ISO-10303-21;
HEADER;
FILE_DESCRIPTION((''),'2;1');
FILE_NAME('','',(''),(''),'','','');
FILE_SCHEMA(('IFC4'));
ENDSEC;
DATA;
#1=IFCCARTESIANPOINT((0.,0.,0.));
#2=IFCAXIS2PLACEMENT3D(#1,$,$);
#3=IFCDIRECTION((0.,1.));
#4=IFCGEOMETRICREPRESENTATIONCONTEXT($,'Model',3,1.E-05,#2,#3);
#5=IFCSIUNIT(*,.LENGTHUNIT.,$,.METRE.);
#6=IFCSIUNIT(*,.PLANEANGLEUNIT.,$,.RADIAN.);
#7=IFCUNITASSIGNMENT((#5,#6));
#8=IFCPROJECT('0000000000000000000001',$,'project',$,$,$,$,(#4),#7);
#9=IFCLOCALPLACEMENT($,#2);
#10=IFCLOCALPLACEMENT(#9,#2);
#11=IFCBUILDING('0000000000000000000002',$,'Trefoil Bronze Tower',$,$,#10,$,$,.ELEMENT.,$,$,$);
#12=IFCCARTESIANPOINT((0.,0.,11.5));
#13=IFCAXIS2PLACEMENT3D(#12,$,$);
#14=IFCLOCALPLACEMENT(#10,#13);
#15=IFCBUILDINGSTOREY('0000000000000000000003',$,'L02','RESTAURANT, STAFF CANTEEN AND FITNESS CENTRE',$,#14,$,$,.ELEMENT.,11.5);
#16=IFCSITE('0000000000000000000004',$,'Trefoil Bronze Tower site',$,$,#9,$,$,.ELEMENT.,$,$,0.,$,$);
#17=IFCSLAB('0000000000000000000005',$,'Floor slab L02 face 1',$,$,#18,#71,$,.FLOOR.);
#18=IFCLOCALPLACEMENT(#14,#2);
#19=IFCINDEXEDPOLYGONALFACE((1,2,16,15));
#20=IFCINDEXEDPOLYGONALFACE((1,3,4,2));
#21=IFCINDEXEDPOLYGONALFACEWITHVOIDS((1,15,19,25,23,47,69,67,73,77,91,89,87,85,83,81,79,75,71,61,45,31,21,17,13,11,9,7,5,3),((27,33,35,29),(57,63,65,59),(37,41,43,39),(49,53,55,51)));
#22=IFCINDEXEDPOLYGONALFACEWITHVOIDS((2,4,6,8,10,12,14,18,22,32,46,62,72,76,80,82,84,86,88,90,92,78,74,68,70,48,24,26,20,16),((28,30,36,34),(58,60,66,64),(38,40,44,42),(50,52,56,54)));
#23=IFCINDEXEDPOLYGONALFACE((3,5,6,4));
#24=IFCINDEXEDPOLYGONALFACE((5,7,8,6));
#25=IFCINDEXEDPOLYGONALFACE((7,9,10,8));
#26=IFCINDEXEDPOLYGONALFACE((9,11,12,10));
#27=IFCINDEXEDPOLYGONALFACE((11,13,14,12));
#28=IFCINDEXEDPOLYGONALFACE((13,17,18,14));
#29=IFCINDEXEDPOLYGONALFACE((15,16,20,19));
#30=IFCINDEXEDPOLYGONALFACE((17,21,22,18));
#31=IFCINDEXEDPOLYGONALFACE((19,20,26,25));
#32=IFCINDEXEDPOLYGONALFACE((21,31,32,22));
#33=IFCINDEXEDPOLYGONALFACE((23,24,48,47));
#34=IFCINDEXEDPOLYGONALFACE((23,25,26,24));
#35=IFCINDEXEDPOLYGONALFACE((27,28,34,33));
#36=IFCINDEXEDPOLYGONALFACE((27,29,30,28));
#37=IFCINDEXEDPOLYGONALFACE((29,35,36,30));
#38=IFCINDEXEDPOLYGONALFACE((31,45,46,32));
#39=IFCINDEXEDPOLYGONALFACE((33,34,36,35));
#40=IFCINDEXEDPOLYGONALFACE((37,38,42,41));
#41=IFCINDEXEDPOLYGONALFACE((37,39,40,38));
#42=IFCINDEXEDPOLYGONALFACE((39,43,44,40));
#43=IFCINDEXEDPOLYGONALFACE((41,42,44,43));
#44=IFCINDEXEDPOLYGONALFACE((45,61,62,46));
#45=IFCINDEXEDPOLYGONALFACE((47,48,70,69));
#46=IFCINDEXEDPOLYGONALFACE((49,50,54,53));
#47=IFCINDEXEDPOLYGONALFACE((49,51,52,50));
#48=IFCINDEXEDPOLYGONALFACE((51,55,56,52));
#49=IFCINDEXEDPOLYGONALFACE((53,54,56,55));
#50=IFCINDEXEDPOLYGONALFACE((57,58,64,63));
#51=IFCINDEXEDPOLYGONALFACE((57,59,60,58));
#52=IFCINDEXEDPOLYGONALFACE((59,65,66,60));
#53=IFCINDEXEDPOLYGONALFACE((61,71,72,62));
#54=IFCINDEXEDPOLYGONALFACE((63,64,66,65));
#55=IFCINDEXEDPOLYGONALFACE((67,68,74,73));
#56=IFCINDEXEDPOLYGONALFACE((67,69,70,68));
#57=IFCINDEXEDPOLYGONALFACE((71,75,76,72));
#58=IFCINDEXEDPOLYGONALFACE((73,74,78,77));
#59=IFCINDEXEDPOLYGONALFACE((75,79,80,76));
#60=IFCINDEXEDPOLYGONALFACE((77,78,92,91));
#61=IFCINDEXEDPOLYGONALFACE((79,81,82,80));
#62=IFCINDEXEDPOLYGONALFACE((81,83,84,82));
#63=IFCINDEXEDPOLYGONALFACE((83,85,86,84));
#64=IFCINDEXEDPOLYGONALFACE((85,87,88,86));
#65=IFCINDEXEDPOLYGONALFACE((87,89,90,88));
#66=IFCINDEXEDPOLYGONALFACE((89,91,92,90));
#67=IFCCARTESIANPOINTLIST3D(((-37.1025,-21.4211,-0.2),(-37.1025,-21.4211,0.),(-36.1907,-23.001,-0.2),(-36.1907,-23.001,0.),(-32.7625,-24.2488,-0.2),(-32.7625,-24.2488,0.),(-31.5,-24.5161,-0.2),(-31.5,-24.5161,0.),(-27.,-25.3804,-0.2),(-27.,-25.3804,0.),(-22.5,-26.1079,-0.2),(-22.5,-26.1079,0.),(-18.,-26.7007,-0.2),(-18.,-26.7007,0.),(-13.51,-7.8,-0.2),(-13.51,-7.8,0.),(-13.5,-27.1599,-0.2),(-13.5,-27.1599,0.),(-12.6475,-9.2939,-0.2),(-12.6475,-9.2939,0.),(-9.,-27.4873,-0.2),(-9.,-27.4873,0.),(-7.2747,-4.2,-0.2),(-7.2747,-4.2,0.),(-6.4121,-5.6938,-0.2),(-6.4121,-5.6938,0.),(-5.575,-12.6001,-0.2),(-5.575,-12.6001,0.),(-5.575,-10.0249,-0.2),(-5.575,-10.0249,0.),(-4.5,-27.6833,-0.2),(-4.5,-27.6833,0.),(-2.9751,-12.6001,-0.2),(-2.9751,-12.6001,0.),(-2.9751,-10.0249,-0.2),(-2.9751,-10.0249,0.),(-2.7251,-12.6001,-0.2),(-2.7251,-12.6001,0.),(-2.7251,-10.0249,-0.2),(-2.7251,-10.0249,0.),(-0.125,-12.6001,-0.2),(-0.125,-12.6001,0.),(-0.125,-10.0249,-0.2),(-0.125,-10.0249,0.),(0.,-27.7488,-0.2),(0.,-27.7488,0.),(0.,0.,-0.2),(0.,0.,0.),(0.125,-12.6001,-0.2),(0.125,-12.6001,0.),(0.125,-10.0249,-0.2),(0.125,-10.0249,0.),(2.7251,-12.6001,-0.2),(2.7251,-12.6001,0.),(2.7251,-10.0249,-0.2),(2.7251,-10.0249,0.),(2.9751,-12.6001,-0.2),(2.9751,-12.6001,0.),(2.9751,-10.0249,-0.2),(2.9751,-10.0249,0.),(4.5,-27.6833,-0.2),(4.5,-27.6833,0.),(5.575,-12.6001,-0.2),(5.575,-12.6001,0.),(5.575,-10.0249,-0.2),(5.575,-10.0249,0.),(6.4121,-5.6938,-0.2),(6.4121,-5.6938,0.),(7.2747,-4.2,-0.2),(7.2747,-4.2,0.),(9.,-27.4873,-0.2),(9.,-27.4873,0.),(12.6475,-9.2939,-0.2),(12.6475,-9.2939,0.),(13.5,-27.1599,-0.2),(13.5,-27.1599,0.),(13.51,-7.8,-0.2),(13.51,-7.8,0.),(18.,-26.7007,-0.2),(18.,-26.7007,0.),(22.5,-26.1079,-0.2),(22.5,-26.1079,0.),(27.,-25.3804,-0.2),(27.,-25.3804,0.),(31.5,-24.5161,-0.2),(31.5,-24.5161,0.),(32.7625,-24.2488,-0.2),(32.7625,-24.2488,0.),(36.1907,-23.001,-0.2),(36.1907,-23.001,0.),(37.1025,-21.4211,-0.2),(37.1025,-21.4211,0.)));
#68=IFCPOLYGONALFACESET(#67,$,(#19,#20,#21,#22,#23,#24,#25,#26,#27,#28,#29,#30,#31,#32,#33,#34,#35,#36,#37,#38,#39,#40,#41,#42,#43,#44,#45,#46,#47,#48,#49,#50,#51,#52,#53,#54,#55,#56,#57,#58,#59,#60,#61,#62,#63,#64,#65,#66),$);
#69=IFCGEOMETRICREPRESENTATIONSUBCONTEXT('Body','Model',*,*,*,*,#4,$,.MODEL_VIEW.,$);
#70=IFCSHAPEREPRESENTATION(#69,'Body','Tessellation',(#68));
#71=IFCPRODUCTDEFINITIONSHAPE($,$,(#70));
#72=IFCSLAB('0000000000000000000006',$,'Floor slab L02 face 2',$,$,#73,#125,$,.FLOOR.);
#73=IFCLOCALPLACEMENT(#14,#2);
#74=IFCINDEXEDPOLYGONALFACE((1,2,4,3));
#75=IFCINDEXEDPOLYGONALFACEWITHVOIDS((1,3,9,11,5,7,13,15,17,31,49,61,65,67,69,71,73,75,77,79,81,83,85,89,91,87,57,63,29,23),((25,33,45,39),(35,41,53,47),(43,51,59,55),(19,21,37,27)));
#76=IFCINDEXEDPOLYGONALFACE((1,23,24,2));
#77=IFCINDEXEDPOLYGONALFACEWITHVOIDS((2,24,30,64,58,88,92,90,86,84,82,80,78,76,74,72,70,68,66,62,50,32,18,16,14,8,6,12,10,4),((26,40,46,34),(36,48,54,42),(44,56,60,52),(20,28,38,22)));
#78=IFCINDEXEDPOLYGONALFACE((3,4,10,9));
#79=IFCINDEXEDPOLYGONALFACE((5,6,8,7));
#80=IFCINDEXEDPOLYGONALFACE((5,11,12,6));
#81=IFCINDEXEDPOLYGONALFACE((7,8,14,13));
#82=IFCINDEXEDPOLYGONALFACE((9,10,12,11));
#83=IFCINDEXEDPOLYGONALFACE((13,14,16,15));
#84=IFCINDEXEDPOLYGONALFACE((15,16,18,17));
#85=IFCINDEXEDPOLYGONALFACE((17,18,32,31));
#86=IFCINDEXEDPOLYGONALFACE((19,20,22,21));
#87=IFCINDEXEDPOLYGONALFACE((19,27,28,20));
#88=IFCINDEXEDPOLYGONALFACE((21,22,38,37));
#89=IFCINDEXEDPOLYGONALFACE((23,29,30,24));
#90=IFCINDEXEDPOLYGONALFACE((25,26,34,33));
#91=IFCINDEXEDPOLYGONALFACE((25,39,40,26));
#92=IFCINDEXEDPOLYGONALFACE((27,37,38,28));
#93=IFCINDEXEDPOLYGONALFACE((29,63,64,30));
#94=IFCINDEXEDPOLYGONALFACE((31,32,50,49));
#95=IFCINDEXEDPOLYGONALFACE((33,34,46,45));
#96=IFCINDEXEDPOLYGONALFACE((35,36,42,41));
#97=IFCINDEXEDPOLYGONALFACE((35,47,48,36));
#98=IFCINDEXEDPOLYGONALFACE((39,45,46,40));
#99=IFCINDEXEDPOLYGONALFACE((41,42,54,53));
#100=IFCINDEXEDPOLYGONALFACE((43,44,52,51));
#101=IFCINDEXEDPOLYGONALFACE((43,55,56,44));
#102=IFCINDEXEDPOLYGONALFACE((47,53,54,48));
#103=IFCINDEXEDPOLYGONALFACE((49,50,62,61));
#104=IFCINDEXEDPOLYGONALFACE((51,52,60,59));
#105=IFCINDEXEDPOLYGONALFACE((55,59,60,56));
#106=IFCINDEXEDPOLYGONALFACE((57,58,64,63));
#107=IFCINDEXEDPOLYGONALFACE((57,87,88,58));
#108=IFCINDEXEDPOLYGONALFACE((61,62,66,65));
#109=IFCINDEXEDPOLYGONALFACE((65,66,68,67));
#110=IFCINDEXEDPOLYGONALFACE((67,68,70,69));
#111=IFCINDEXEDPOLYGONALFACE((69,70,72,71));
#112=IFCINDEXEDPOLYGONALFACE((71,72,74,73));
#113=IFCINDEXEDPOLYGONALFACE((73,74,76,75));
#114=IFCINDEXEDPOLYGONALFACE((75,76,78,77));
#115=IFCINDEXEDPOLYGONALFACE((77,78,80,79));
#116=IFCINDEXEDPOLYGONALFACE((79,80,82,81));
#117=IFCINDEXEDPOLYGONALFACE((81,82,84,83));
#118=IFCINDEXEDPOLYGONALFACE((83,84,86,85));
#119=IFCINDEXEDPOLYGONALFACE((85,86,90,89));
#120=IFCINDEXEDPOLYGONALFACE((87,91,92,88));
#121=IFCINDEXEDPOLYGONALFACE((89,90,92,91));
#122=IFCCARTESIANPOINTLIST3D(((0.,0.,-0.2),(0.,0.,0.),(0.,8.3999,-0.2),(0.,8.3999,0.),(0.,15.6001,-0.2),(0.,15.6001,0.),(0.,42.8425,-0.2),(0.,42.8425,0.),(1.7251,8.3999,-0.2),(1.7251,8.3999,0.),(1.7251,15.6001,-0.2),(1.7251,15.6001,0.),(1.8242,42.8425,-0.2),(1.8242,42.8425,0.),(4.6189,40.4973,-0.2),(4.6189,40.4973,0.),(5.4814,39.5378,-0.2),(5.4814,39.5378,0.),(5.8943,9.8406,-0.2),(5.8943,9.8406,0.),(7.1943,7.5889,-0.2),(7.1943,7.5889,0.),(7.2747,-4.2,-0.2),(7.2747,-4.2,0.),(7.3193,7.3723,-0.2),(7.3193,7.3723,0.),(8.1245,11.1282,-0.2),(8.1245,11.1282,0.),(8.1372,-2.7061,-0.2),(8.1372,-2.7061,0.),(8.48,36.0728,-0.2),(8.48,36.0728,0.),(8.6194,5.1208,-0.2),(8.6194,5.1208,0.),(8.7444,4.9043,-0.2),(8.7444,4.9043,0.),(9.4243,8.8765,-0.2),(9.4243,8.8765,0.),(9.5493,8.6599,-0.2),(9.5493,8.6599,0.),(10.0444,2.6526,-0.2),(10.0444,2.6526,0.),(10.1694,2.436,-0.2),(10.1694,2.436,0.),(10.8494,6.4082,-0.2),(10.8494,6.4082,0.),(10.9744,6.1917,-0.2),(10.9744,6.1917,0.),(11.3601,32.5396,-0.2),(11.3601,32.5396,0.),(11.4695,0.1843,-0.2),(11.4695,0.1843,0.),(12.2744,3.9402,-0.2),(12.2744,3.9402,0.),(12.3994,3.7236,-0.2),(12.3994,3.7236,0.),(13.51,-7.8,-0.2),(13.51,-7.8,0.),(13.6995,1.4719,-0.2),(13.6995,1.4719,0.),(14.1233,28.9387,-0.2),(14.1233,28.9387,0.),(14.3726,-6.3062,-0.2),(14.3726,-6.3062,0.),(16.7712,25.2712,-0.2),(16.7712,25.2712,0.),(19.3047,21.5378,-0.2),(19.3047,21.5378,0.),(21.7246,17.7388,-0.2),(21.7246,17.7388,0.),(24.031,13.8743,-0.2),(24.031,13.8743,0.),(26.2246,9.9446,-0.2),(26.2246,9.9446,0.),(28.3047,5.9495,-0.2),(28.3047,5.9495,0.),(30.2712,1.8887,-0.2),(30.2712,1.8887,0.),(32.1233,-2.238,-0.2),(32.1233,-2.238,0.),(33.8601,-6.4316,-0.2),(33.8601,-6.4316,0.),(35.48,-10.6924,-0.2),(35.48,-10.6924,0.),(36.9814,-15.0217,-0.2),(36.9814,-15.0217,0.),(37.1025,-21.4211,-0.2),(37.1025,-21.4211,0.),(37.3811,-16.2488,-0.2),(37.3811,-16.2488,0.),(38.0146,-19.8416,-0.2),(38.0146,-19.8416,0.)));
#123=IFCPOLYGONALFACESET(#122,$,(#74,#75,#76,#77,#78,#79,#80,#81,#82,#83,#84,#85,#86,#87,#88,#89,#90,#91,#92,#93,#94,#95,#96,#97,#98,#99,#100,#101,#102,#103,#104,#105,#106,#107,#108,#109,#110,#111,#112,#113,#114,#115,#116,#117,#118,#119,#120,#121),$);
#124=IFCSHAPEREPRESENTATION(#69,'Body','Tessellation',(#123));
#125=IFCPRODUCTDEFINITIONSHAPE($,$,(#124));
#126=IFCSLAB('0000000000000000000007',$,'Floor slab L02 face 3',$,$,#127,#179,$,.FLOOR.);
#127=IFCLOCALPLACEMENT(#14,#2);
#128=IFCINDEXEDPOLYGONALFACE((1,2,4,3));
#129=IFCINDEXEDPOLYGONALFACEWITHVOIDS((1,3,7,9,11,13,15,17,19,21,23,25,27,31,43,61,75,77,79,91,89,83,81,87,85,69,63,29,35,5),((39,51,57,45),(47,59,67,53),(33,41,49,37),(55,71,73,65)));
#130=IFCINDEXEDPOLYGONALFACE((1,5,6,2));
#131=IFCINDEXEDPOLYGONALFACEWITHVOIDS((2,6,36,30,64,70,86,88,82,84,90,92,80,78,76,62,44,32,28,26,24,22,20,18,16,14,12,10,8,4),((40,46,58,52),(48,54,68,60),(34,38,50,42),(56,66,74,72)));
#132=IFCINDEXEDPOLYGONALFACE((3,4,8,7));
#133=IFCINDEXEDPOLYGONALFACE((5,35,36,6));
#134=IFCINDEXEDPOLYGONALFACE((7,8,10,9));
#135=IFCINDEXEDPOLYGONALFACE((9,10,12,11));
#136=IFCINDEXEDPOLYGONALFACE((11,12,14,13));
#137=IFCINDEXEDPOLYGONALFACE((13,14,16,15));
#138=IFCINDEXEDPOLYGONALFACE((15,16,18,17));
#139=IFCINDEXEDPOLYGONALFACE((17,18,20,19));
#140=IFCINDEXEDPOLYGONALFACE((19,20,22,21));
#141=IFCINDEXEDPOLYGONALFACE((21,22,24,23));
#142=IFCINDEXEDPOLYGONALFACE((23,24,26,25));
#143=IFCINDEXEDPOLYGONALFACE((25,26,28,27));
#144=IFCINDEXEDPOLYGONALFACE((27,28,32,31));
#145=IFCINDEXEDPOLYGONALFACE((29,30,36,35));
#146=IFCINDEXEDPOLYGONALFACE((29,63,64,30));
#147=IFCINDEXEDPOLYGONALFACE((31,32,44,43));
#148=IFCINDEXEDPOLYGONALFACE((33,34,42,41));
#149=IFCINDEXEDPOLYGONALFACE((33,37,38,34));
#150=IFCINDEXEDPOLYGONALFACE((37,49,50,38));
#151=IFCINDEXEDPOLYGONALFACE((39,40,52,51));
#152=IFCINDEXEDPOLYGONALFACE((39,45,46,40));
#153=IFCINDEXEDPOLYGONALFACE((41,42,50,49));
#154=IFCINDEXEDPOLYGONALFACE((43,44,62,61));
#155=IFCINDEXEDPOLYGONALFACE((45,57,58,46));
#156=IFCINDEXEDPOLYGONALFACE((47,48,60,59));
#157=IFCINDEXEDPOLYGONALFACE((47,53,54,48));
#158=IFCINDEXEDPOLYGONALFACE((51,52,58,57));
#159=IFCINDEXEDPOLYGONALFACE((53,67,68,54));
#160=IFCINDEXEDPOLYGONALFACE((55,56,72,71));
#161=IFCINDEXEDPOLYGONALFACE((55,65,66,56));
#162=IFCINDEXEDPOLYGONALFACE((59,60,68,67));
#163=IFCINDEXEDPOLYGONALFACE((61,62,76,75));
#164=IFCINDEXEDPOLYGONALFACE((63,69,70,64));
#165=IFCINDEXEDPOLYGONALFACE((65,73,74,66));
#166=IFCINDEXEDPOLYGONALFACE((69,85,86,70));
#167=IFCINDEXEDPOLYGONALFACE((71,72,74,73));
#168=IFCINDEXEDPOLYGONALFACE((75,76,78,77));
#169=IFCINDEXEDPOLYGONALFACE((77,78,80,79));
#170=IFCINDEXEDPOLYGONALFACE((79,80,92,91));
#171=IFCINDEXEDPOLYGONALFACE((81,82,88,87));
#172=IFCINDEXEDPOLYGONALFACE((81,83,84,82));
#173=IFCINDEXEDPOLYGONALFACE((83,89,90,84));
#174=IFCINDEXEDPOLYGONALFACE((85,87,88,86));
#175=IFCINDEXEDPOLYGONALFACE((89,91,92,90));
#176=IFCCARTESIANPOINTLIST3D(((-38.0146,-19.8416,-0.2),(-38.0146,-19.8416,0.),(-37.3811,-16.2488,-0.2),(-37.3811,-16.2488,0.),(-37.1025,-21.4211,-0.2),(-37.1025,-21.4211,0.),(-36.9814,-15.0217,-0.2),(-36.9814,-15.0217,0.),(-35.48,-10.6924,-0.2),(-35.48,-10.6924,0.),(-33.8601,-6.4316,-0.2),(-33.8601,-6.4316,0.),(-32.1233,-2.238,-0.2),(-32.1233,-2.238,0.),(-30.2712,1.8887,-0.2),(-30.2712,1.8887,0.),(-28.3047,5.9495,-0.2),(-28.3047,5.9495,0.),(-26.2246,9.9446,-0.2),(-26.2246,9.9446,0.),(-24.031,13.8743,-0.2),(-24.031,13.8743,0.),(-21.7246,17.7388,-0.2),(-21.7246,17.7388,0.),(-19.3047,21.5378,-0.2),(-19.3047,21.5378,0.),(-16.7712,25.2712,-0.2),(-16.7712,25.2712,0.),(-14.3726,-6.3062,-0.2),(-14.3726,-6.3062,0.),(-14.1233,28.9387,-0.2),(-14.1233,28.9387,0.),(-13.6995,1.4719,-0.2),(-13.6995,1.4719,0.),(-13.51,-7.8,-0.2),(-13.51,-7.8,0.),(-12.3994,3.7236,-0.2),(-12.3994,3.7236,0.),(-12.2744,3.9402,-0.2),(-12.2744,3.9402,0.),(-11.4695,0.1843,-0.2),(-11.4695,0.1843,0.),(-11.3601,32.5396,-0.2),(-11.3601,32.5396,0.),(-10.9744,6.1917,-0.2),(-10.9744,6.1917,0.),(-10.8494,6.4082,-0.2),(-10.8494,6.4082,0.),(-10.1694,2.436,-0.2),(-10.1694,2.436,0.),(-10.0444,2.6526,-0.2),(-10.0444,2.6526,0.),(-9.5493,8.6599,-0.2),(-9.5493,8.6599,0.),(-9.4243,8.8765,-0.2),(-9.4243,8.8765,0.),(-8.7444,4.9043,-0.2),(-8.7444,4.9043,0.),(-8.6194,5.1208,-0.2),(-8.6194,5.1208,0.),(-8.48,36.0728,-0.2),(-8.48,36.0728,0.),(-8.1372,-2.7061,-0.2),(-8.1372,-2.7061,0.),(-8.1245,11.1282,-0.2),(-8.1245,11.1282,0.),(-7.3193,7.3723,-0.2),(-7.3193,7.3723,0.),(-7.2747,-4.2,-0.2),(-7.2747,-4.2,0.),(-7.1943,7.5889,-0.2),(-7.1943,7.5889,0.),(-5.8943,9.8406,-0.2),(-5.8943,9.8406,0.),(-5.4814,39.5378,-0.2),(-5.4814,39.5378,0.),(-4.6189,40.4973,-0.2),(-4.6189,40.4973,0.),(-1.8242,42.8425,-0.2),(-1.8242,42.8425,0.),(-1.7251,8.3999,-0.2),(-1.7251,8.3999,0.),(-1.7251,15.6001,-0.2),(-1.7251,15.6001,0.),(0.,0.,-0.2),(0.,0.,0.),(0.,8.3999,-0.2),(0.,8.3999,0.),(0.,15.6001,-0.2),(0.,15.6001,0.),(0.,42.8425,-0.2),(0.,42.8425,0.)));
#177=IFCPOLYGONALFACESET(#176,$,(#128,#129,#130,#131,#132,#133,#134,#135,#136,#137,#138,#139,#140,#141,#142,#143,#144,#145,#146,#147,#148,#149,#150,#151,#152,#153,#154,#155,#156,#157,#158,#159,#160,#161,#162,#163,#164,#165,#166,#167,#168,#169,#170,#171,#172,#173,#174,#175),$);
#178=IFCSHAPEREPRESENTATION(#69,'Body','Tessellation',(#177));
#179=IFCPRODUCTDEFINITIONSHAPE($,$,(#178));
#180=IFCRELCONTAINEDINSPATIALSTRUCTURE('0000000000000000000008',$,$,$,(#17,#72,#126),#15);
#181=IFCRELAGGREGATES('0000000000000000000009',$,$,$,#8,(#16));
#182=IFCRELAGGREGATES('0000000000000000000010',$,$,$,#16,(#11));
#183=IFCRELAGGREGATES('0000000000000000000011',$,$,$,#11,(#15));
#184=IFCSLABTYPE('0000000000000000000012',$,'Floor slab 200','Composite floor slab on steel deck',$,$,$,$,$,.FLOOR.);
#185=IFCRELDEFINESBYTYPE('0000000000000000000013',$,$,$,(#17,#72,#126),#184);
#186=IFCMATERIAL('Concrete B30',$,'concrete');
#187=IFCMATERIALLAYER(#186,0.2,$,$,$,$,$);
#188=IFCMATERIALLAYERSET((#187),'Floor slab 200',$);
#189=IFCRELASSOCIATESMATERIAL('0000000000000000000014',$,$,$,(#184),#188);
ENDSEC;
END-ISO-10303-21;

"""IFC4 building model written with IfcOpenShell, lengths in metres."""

from ifc_helpers import new_model, si_unit, direction, frame, origin, place, context, subcontext, project, spatial, polyline, outline, extrude, material, layer, layer_set, type_object, element, save


model = new_model("IFC4")

# Units and contexts
model_context = context("Model", 3, precision=1e-05, world=origin(), true_north=direction((0.0, 1.0)))
body_context = subcontext(model_context, "Body", "Model", "MODEL_VIEW")
ifc_project = project(units=[si_unit("LENGTHUNIT", "METRE"), si_unit("PLANEANGLEUNIT", "RADIAN")], contexts=[model_context])

# Site, building, storey
site_placement = place(None, origin())
site = spatial("IfcSite", under=ifc_project, at=site_placement, Name="Trefoil Bronze Tower site", CompositionType="ELEMENT", RefElevation=0.0)
building_placement = place(site_placement, origin())
building = spatial("IfcBuilding", under=site, at=building_placement, Name="Trefoil Bronze Tower", CompositionType="ELEMENT")
storey_placement = place(building_placement, frame((0.0, 0.0, 11.5)))
storey = spatial("IfcBuildingStorey", under=building, at=storey_placement, Name="L02", Description="RESTAURANT, STAFF CANTEEN AND FITNESS CENTRE", CompositionType="ELEMENT", Elevation=11.5)

# Slabs
ifc_material_1 = material(Name="Concrete B30", Category="concrete")
ifc_layer_1 = layer(ifc_material_1, 0.2)
ifc_layer_set_1 = layer_set([ifc_layer_1], Name="Floor slab 200")
slab_type = type_object("IfcSlabType", Name="Floor slab 200", Description="Composite floor slab on steel deck", PredefinedType="FLOOR", material=ifc_layer_set_1)
slab_1_placement = place(storey_placement, frame((0.0, 0.0, -0.2)))
element("IfcSlab", 1, at=slab_1_placement, inside=storey, type_object=slab_type, Name="Floor slab L02 face 1", PredefinedType="FLOOR", context=body_context, shape_type="SweptSolid", body=[
    extrude(outline(polyline([(27.0, -25.3804), (22.5, -26.1079), (18.0, -26.7007), (13.5, -27.1599), (9.0, -27.4873), (4.5, -27.6833), (0.0, -27.7488), (-4.5, -27.6833), (-9.0, -27.4873), (-13.5, -27.1599), (-18.0, -26.7007), (-22.5, -26.1079), (-27.0, -25.3804), (-31.5, -24.5161), (-32.7625, -24.2488), (-36.1907, -23.001), (-37.1025, -21.4211), (-13.51, -7.8), (-12.6475, -9.2939), (-6.4121, -5.6938), (-7.2747, -4.2), (0.0, 0.0), (7.2747, -4.2), (6.4121, -5.6938), (12.6475, -9.2939), (13.51, -7.8), (37.1025, -21.4211), (36.1907, -23.001), (32.7625, -24.2488), (31.5, -24.5161), (27.0, -25.3804)]), holes=[polyline([(-5.575, -10.0249), (-2.9751, -10.0249), (-2.9751, -12.6001), (-5.575, -12.6001), (-5.575, -10.0249)]), polyline([(-2.7251, -10.0249), (-0.125, -10.0249), (-0.125, -12.6001), (-2.7251, -12.6001), (-2.7251, -10.0249)]), polyline([(0.125, -10.0249), (2.7251, -10.0249), (2.7251, -12.6001), (0.125, -12.6001), (0.125, -10.0249)]), polyline([(2.9751, -10.0249), (5.575, -10.0249), (5.575, -12.6001), (2.9751, -12.6001), (2.9751, -10.0249)])]), origin(), (0.0, 0.0, 1.0), 0.2),
])
slab_2_placement = place(storey_placement, frame((0.0, 0.0, -0.2)))
element("IfcSlab", 2, at=slab_2_placement, inside=storey, type_object=slab_type, Name="Floor slab L02 face 2", PredefinedType="FLOOR", context=body_context, shape_type="SweptSolid", body=[
    extrude(outline(polyline([(8.48, 36.0728), (11.3601, 32.5396), (14.1233, 28.9387), (16.7712, 25.2712), (19.3047, 21.5378), (21.7246, 17.7388), (24.031, 13.8743), (26.2246, 9.9446), (28.3047, 5.9495), (30.2712, 1.8887), (32.1233, -2.238), (33.8601, -6.4316), (35.48, -10.6924), (36.9814, -15.0217), (37.3811, -16.2488), (38.0146, -19.8416), (37.1025, -21.4211), (13.51, -7.8), (14.3726, -6.3062), (8.1372, -2.7061), (7.2747, -4.2), (0.0, 0.0), (0.0, 8.3999), (1.7251, 8.3999), (1.7251, 15.6001), (0.0, 15.6001), (0.0, 42.8425), (1.8242, 42.8425), (4.6189, 40.4973), (5.4814, 39.5378), (8.48, 36.0728)]), holes=[polyline([(11.4695, 0.1843), (10.1694, 2.436), (12.3994, 3.7236), (13.6995, 1.4719), (11.4695, 0.1843)]), polyline([(10.0444, 2.6526), (8.7444, 4.9043), (10.9744, 6.1917), (12.2744, 3.9402), (10.0444, 2.6526)]), polyline([(8.6194, 5.1208), (7.3193, 7.3723), (9.5493, 8.6599), (10.8494, 6.4082), (8.6194, 5.1208)]), polyline([(7.1943, 7.5889), (5.8943, 9.8406), (8.1245, 11.1282), (9.4243, 8.8765), (7.1943, 7.5889)])]), origin(), (0.0, 0.0, 1.0), 0.2),
])
slab_3_placement = place(storey_placement, frame((0.0, 0.0, -0.2)))
element("IfcSlab", 3, at=slab_3_placement, inside=storey, type_object=slab_type, Name="Floor slab L02 face 3", PredefinedType="FLOOR", context=body_context, shape_type="SweptSolid", body=[
    extrude(outline(polyline([(-35.48, -10.6924), (-33.8601, -6.4316), (-32.1233, -2.238), (-30.2712, 1.8887), (-28.3047, 5.9495), (-26.2246, 9.9446), (-24.031, 13.8743), (-21.7246, 17.7388), (-19.3047, 21.5378), (-16.7712, 25.2712), (-14.1233, 28.9387), (-11.3601, 32.5396), (-8.48, 36.0728), (-5.4814, 39.5378), (-4.6189, 40.4973), (-1.8242, 42.8425), (0.0, 42.8425), (0.0, 15.6001), (-1.7251, 15.6001), (-1.7251, 8.3999), (0.0, 8.3999), (0.0, 0.0), (-7.2747, -4.2), (-8.1372, -2.7061), (-14.3726, -6.3062), (-13.51, -7.8), (-37.1025, -21.4211), (-38.0146, -19.8416), (-37.3811, -16.2488), (-36.9814, -15.0217), (-35.48, -10.6924)]), holes=[polyline([(-5.8943, 9.8406), (-7.1943, 7.5889), (-9.4243, 8.8765), (-8.1245, 11.1282), (-5.8943, 9.8406)]), polyline([(-7.3193, 7.3723), (-8.6194, 5.1208), (-10.8494, 6.4082), (-9.5493, 8.6599), (-7.3193, 7.3723)]), polyline([(-8.7444, 4.9043), (-10.0444, 2.6526), (-12.2744, 3.9402), (-10.9744, 6.1917), (-8.7444, 4.9043)]), polyline([(-10.1694, 2.436), (-11.4695, 0.1843), (-13.6995, 1.4719), (-12.3994, 3.7236), (-10.1694, 2.436)])]), origin(), (0.0, 0.0, 1.0), 0.2),
])

save(model, "model.ifc")
